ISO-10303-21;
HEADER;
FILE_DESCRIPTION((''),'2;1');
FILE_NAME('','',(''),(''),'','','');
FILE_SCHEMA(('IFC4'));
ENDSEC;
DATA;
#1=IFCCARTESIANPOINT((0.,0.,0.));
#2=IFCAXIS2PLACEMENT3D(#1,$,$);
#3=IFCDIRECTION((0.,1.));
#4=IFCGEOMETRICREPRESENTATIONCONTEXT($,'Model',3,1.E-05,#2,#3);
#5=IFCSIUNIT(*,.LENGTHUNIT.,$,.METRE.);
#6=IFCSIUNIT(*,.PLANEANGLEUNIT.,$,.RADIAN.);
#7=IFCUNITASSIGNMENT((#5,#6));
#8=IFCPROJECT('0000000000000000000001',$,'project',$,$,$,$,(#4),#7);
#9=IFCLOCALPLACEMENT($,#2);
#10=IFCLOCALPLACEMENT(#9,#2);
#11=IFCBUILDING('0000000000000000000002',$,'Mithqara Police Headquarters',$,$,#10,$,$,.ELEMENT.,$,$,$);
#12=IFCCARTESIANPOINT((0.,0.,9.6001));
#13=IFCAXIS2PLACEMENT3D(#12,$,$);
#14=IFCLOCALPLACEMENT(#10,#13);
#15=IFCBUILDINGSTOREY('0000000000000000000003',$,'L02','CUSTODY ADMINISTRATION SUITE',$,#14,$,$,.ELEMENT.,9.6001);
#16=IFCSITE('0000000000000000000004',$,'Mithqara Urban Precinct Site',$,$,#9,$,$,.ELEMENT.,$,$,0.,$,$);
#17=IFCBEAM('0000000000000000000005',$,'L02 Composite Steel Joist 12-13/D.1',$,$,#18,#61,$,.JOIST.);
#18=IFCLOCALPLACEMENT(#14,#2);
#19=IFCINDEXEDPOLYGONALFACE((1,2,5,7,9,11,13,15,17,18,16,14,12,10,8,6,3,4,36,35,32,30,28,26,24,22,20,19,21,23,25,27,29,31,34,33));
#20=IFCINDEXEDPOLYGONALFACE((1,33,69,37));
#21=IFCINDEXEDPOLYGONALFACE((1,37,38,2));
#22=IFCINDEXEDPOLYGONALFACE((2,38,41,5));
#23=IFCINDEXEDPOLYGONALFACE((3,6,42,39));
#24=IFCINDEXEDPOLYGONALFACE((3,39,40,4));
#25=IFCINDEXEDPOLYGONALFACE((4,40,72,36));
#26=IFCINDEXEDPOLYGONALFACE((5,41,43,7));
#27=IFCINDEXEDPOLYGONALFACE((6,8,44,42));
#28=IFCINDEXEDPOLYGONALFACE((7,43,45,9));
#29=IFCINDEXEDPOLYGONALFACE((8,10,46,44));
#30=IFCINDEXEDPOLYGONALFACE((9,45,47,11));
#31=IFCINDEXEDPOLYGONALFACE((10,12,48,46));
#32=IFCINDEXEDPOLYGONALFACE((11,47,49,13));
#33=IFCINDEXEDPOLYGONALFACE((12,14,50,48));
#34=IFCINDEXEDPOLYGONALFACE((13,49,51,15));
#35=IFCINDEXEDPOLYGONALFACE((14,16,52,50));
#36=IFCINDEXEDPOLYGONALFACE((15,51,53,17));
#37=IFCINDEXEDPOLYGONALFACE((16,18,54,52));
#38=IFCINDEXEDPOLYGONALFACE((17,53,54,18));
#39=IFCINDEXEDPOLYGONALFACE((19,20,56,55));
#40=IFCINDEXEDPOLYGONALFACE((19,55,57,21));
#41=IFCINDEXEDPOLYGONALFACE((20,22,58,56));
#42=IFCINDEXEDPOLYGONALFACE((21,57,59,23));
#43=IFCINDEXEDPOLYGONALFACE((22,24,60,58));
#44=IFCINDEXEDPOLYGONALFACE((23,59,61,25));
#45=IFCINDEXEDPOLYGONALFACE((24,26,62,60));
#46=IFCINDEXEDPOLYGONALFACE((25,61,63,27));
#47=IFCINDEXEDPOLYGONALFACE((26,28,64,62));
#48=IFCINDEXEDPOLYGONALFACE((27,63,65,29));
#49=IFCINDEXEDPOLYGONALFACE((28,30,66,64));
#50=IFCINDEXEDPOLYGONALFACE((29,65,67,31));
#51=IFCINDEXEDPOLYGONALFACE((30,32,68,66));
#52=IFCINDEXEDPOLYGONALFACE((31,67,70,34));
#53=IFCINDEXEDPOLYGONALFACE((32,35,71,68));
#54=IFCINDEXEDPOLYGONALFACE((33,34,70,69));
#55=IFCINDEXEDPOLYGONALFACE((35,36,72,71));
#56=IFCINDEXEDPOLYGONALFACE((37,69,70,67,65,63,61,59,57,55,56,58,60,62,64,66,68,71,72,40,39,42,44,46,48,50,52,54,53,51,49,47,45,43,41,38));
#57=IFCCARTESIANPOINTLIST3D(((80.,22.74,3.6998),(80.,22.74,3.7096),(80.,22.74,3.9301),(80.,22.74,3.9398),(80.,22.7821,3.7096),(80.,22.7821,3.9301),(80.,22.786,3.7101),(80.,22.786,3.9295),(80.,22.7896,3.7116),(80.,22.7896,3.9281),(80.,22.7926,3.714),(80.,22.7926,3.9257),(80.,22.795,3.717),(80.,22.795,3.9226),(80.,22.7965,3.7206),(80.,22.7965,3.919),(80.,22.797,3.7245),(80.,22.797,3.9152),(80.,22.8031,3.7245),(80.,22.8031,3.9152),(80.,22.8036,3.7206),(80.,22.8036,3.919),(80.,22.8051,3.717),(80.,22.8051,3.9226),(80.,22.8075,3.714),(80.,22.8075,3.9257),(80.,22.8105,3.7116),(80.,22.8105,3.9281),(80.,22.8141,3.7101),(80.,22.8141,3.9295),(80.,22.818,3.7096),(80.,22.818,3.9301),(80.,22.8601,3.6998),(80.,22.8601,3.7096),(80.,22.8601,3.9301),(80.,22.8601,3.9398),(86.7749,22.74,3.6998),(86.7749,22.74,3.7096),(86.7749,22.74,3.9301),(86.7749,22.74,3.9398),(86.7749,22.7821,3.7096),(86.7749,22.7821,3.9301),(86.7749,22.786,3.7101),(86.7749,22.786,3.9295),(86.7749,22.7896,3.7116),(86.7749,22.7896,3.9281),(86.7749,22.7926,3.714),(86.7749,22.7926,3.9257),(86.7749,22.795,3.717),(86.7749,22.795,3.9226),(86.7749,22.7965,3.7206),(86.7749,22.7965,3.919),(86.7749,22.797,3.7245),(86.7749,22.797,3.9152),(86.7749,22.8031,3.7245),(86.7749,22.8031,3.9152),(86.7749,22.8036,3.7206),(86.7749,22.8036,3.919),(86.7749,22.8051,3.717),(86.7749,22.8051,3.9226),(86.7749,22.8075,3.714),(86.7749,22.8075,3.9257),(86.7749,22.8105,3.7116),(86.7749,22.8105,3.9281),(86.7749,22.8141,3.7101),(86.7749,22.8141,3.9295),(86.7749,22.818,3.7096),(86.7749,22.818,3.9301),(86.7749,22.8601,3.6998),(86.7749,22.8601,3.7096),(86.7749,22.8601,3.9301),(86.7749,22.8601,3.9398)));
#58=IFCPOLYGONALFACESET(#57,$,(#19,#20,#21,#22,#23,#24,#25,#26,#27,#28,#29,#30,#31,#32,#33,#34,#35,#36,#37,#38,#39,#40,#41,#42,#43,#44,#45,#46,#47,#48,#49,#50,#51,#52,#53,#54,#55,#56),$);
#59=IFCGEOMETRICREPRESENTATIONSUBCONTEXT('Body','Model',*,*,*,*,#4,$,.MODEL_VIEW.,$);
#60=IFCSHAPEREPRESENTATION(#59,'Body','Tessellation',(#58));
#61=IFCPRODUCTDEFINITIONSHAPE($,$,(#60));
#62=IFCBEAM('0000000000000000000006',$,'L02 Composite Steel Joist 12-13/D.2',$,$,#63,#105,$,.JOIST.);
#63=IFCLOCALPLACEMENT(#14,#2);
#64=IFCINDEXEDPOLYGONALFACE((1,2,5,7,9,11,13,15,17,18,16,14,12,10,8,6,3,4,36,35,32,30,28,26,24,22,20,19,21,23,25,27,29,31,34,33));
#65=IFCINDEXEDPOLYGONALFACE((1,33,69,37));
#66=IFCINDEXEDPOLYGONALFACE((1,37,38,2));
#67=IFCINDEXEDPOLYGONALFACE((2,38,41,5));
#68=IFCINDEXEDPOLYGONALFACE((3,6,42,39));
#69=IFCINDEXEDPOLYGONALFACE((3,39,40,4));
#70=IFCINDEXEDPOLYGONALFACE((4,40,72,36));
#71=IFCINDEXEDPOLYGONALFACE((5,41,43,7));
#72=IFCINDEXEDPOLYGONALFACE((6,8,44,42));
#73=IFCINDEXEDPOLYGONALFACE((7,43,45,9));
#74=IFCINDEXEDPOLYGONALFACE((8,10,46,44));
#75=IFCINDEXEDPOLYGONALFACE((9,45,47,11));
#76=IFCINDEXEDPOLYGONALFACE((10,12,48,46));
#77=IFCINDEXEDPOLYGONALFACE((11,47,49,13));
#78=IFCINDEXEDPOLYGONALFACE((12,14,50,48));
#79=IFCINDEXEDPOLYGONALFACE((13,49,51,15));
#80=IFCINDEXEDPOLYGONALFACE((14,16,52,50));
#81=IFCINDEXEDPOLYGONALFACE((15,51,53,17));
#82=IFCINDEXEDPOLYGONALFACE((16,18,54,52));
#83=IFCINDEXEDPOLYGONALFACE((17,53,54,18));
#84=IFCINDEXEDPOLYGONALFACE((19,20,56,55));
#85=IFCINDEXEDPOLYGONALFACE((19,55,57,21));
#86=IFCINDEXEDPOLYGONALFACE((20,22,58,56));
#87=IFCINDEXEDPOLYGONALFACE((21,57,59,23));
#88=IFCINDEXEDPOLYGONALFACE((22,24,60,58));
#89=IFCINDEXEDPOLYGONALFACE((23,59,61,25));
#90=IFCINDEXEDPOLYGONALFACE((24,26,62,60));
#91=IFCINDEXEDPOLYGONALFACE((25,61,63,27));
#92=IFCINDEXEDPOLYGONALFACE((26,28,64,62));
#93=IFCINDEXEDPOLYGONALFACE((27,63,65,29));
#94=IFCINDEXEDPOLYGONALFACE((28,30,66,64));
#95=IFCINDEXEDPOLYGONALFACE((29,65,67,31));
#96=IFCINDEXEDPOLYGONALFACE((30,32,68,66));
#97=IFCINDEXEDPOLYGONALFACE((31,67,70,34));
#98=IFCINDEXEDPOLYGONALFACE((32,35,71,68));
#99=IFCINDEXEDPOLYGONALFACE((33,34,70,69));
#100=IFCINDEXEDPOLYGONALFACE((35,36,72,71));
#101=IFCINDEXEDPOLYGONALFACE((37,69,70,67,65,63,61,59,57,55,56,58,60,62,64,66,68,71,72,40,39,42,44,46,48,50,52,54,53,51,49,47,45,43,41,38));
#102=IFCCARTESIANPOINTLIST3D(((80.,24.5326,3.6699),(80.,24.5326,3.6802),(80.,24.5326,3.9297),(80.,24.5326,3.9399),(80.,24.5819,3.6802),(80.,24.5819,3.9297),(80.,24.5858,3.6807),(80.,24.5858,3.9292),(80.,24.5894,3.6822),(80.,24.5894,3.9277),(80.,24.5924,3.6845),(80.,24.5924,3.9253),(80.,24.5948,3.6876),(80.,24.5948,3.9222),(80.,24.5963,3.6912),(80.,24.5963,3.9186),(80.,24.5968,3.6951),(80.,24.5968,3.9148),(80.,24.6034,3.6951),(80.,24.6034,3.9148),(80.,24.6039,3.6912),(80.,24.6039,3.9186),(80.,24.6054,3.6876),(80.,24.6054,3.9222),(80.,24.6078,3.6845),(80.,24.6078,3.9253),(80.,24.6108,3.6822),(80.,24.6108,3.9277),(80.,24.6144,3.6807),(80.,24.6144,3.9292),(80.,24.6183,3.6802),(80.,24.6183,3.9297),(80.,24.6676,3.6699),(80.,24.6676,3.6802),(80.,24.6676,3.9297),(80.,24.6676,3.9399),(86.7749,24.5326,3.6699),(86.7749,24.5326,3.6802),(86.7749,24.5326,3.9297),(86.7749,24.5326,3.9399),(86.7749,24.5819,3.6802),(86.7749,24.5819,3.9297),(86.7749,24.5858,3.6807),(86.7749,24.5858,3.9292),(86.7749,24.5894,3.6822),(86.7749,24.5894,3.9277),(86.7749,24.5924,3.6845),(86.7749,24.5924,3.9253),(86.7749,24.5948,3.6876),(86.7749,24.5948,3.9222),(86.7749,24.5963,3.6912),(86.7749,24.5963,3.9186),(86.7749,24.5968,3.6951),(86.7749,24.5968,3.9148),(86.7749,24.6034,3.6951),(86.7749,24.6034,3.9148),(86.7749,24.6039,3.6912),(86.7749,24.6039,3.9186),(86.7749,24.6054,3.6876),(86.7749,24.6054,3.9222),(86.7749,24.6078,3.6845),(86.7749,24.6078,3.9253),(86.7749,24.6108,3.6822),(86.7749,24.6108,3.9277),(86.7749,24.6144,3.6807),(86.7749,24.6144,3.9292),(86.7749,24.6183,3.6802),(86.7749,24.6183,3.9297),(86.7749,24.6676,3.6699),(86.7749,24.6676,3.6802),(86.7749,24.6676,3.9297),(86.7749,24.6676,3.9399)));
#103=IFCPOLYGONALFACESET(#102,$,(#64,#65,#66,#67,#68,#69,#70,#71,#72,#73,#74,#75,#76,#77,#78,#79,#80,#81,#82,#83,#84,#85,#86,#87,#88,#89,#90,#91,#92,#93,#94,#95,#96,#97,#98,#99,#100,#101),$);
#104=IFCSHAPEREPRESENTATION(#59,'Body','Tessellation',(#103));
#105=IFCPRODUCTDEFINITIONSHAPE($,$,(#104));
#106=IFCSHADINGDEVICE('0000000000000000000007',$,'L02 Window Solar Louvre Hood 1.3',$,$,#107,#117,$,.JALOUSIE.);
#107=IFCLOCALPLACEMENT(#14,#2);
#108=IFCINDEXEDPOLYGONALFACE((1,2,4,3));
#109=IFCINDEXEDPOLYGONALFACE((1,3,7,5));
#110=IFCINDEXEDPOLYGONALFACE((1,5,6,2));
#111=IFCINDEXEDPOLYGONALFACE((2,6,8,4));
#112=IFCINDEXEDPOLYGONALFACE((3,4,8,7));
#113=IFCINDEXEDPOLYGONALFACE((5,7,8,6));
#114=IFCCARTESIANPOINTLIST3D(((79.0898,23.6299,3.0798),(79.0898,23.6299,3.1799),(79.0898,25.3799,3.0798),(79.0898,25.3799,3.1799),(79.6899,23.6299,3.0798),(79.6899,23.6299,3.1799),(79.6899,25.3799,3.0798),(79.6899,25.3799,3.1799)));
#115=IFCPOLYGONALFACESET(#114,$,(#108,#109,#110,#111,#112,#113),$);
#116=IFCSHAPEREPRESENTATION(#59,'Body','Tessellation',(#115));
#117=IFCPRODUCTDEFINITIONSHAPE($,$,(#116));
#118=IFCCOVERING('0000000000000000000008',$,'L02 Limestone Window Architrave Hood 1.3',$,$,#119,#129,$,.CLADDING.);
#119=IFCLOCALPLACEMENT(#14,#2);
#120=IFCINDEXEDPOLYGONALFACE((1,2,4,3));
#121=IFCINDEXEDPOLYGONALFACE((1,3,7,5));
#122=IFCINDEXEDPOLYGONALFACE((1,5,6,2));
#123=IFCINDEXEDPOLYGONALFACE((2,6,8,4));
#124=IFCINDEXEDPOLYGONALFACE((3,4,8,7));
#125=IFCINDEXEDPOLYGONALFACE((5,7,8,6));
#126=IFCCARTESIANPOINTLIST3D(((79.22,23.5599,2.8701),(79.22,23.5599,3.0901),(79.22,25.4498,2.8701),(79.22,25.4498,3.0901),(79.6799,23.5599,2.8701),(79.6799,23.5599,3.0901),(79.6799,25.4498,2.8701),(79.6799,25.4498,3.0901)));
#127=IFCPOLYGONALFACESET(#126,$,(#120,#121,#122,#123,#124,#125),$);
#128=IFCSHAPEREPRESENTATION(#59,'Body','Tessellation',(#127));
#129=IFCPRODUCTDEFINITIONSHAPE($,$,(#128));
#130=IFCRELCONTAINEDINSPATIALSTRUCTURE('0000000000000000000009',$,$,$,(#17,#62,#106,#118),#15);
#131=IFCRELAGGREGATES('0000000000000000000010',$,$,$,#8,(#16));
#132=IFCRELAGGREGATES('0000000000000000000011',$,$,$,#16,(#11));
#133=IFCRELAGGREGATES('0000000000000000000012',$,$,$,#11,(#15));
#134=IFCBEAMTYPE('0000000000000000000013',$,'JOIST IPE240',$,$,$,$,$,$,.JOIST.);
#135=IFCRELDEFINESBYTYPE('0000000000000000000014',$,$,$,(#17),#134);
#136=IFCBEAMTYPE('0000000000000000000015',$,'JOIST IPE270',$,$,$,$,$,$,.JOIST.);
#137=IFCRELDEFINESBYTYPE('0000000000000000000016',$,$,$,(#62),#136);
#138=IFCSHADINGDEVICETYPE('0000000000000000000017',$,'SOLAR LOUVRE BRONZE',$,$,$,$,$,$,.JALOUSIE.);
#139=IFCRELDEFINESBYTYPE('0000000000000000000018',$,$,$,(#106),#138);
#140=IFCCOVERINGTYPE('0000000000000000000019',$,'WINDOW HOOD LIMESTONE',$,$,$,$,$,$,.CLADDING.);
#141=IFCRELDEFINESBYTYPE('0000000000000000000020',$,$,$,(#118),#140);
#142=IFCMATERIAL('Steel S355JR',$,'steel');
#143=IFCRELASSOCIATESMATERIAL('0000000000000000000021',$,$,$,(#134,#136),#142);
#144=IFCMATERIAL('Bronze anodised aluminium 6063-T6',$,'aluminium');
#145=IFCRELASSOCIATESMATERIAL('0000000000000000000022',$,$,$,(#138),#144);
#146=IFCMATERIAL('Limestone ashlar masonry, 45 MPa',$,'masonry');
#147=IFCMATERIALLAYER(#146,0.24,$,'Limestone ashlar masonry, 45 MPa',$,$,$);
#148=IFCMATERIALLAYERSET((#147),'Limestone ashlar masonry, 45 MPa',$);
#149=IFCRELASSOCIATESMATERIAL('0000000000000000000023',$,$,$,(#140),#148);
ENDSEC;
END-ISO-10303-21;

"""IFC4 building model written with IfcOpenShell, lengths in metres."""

from ifc_helpers import new_model, si_unit, direction, frame, origin, origin_2d, place, context, subcontext, project, spatial, rectangle, i_section, extrude, material, layer, layer_set, material_profile, profile_set, type_object, element, save


model = new_model("IFC4")

# Units and contexts
model_context = context("Model", 3, precision=1e-05, world=origin(), true_north=direction((0.0, 1.0)))
body_context = subcontext(model_context, "Body", "Model", "MODEL_VIEW")
ifc_project = project(units=[si_unit("LENGTHUNIT", "METRE"), si_unit("PLANEANGLEUNIT", "RADIAN")], contexts=[model_context])

# Site, building, storey
site_placement = place(None, origin())
site = spatial("IfcSite", under=ifc_project, at=site_placement, Name="Mithqara Urban Precinct Site", CompositionType="ELEMENT", RefElevation=0.0)
building_placement = place(site_placement, origin())
building = spatial("IfcBuilding", under=site, at=building_placement, Name="Mithqara Police Headquarters", CompositionType="ELEMENT")
storey_placement = place(building_placement, frame((0.0, 0.0, 9.6001)))
storey = spatial("IfcBuildingStorey", under=building, at=storey_placement, Name="L02", Description="CUSTODY ADMINISTRATION SUITE", CompositionType="ELEMENT", Elevation=9.6001)

# Beams
ifc_material_1 = material(Name="Steel S355JR", Category="steel")
ifc_material_profile_1 = material_profile(ifc_material_1, i_section(OverallWidth=0.1201, OverallDepth=0.24, WebThickness=0.0061, FlangeThickness=0.0098, FilletRadius=0.0149, at=origin_2d()), Name="IPE 240")
ifc_profile_set_1 = profile_set([ifc_material_profile_1], Name="Steel S355JR")
beam_type_1 = type_object("IfcBeamType", Name="JOIST IPE240", PredefinedType="JOIST", material=ifc_profile_set_1)
beam_1_placement = place(storey_placement, frame((80.0, 22.8, 3.8198), z_axis=(1.0, 0.0, 0.0), x_axis=(0.0, 1.0, 0.0)))
element("IfcBeam", 1, at=beam_1_placement, inside=storey, type_object=beam_type_1, Name="L02 Composite Steel Joist 12-13/D.1", PredefinedType="JOIST", context=body_context, shape_type="SweptSolid", body=[
    extrude(i_section(OverallWidth=0.1201, OverallDepth=0.24, WebThickness=0.0061, FlangeThickness=0.0098, FilletRadius=0.0149, at=origin_2d()), origin(), (0.0, 0.0, 1.0), 6.7749),
])
ifc_material_profile_2 = material_profile(ifc_material_1, i_section(OverallWidth=0.135, OverallDepth=0.27, WebThickness=0.0066, FlangeThickness=0.0103, FilletRadius=0.0149, at=origin_2d()), Name="IPE 270")
ifc_profile_set_2 = profile_set([ifc_material_profile_2], Name="Steel S355JR")
beam_type_2 = type_object("IfcBeamType", Name="JOIST IPE270", PredefinedType="JOIST", material=ifc_profile_set_2)
beam_2_placement = place(storey_placement, frame((80.0, 24.6001, 3.8049), z_axis=(1.0, 0.0, 0.0), x_axis=(0.0, 1.0, 0.0)))
element("IfcBeam", 2, at=beam_2_placement, inside=storey, type_object=beam_type_2, Name="L02 Composite Steel Joist 12-13/D.2", PredefinedType="JOIST", context=body_context, shape_type="SweptSolid", body=[
    extrude(i_section(OverallWidth=0.135, OverallDepth=0.27, WebThickness=0.0066, FlangeThickness=0.0103, FilletRadius=0.0149, at=origin_2d()), origin(), (0.0, 0.0, 1.0), 6.7749),
])

# Shading device
ifc_material_2 = material(Name="Bronze anodised aluminium 6063-T6", Category="aluminium")
shading_device_type = type_object("IfcShadingDeviceType", Name="SOLAR LOUVRE BRONZE", PredefinedType="JALOUSIE", material=ifc_material_2)
shading_device_placement = place(storey_placement, frame((79.3899, 24.5049, 3.0798), z_axis=(0.0, 0.0, 1.0), x_axis=(0.0, 1.0, 0.0)))
element("IfcShadingDevice", 3, at=shading_device_placement, inside=storey, type_object=shading_device_type, Name="L02 Window Solar Louvre Hood 1.3", PredefinedType="JALOUSIE", context=body_context, shape_type="SweptSolid", body=[
    extrude(rectangle(XDim=1.75, YDim=0.6001, at=origin_2d()), origin(), (0.0, 0.0, 1.0), 0.1001),
])

# Covering
ifc_material_3 = material(Name="Limestone ashlar masonry, 45 MPa", Category="masonry")
ifc_layer = layer(ifc_material_3, 0.24, Name="Limestone ashlar masonry, 45 MPa")
ifc_layer_set = layer_set([ifc_layer], Name="Limestone ashlar masonry, 45 MPa")
covering_type = type_object("IfcCoveringType", Name="WINDOW HOOD LIMESTONE", PredefinedType="CLADDING", material=ifc_layer_set)
covering_placement = place(storey_placement, frame((79.45, 24.5049, 2.8701), z_axis=(0.0, 0.0, 1.0), x_axis=(0.0, 1.0, 0.0)))
element("IfcCovering", 4, at=covering_placement, inside=storey, type_object=covering_type, Name="L02 Limestone Window Architrave Hood 1.3", PredefinedType="CLADDING", context=body_context, shape_type="SweptSolid", body=[
    extrude(rectangle(XDim=1.8899, YDim=0.46, at=origin_2d()), origin(), (0.0, 0.0, 1.0), 0.22),
])

save(model, "model.ifc")
